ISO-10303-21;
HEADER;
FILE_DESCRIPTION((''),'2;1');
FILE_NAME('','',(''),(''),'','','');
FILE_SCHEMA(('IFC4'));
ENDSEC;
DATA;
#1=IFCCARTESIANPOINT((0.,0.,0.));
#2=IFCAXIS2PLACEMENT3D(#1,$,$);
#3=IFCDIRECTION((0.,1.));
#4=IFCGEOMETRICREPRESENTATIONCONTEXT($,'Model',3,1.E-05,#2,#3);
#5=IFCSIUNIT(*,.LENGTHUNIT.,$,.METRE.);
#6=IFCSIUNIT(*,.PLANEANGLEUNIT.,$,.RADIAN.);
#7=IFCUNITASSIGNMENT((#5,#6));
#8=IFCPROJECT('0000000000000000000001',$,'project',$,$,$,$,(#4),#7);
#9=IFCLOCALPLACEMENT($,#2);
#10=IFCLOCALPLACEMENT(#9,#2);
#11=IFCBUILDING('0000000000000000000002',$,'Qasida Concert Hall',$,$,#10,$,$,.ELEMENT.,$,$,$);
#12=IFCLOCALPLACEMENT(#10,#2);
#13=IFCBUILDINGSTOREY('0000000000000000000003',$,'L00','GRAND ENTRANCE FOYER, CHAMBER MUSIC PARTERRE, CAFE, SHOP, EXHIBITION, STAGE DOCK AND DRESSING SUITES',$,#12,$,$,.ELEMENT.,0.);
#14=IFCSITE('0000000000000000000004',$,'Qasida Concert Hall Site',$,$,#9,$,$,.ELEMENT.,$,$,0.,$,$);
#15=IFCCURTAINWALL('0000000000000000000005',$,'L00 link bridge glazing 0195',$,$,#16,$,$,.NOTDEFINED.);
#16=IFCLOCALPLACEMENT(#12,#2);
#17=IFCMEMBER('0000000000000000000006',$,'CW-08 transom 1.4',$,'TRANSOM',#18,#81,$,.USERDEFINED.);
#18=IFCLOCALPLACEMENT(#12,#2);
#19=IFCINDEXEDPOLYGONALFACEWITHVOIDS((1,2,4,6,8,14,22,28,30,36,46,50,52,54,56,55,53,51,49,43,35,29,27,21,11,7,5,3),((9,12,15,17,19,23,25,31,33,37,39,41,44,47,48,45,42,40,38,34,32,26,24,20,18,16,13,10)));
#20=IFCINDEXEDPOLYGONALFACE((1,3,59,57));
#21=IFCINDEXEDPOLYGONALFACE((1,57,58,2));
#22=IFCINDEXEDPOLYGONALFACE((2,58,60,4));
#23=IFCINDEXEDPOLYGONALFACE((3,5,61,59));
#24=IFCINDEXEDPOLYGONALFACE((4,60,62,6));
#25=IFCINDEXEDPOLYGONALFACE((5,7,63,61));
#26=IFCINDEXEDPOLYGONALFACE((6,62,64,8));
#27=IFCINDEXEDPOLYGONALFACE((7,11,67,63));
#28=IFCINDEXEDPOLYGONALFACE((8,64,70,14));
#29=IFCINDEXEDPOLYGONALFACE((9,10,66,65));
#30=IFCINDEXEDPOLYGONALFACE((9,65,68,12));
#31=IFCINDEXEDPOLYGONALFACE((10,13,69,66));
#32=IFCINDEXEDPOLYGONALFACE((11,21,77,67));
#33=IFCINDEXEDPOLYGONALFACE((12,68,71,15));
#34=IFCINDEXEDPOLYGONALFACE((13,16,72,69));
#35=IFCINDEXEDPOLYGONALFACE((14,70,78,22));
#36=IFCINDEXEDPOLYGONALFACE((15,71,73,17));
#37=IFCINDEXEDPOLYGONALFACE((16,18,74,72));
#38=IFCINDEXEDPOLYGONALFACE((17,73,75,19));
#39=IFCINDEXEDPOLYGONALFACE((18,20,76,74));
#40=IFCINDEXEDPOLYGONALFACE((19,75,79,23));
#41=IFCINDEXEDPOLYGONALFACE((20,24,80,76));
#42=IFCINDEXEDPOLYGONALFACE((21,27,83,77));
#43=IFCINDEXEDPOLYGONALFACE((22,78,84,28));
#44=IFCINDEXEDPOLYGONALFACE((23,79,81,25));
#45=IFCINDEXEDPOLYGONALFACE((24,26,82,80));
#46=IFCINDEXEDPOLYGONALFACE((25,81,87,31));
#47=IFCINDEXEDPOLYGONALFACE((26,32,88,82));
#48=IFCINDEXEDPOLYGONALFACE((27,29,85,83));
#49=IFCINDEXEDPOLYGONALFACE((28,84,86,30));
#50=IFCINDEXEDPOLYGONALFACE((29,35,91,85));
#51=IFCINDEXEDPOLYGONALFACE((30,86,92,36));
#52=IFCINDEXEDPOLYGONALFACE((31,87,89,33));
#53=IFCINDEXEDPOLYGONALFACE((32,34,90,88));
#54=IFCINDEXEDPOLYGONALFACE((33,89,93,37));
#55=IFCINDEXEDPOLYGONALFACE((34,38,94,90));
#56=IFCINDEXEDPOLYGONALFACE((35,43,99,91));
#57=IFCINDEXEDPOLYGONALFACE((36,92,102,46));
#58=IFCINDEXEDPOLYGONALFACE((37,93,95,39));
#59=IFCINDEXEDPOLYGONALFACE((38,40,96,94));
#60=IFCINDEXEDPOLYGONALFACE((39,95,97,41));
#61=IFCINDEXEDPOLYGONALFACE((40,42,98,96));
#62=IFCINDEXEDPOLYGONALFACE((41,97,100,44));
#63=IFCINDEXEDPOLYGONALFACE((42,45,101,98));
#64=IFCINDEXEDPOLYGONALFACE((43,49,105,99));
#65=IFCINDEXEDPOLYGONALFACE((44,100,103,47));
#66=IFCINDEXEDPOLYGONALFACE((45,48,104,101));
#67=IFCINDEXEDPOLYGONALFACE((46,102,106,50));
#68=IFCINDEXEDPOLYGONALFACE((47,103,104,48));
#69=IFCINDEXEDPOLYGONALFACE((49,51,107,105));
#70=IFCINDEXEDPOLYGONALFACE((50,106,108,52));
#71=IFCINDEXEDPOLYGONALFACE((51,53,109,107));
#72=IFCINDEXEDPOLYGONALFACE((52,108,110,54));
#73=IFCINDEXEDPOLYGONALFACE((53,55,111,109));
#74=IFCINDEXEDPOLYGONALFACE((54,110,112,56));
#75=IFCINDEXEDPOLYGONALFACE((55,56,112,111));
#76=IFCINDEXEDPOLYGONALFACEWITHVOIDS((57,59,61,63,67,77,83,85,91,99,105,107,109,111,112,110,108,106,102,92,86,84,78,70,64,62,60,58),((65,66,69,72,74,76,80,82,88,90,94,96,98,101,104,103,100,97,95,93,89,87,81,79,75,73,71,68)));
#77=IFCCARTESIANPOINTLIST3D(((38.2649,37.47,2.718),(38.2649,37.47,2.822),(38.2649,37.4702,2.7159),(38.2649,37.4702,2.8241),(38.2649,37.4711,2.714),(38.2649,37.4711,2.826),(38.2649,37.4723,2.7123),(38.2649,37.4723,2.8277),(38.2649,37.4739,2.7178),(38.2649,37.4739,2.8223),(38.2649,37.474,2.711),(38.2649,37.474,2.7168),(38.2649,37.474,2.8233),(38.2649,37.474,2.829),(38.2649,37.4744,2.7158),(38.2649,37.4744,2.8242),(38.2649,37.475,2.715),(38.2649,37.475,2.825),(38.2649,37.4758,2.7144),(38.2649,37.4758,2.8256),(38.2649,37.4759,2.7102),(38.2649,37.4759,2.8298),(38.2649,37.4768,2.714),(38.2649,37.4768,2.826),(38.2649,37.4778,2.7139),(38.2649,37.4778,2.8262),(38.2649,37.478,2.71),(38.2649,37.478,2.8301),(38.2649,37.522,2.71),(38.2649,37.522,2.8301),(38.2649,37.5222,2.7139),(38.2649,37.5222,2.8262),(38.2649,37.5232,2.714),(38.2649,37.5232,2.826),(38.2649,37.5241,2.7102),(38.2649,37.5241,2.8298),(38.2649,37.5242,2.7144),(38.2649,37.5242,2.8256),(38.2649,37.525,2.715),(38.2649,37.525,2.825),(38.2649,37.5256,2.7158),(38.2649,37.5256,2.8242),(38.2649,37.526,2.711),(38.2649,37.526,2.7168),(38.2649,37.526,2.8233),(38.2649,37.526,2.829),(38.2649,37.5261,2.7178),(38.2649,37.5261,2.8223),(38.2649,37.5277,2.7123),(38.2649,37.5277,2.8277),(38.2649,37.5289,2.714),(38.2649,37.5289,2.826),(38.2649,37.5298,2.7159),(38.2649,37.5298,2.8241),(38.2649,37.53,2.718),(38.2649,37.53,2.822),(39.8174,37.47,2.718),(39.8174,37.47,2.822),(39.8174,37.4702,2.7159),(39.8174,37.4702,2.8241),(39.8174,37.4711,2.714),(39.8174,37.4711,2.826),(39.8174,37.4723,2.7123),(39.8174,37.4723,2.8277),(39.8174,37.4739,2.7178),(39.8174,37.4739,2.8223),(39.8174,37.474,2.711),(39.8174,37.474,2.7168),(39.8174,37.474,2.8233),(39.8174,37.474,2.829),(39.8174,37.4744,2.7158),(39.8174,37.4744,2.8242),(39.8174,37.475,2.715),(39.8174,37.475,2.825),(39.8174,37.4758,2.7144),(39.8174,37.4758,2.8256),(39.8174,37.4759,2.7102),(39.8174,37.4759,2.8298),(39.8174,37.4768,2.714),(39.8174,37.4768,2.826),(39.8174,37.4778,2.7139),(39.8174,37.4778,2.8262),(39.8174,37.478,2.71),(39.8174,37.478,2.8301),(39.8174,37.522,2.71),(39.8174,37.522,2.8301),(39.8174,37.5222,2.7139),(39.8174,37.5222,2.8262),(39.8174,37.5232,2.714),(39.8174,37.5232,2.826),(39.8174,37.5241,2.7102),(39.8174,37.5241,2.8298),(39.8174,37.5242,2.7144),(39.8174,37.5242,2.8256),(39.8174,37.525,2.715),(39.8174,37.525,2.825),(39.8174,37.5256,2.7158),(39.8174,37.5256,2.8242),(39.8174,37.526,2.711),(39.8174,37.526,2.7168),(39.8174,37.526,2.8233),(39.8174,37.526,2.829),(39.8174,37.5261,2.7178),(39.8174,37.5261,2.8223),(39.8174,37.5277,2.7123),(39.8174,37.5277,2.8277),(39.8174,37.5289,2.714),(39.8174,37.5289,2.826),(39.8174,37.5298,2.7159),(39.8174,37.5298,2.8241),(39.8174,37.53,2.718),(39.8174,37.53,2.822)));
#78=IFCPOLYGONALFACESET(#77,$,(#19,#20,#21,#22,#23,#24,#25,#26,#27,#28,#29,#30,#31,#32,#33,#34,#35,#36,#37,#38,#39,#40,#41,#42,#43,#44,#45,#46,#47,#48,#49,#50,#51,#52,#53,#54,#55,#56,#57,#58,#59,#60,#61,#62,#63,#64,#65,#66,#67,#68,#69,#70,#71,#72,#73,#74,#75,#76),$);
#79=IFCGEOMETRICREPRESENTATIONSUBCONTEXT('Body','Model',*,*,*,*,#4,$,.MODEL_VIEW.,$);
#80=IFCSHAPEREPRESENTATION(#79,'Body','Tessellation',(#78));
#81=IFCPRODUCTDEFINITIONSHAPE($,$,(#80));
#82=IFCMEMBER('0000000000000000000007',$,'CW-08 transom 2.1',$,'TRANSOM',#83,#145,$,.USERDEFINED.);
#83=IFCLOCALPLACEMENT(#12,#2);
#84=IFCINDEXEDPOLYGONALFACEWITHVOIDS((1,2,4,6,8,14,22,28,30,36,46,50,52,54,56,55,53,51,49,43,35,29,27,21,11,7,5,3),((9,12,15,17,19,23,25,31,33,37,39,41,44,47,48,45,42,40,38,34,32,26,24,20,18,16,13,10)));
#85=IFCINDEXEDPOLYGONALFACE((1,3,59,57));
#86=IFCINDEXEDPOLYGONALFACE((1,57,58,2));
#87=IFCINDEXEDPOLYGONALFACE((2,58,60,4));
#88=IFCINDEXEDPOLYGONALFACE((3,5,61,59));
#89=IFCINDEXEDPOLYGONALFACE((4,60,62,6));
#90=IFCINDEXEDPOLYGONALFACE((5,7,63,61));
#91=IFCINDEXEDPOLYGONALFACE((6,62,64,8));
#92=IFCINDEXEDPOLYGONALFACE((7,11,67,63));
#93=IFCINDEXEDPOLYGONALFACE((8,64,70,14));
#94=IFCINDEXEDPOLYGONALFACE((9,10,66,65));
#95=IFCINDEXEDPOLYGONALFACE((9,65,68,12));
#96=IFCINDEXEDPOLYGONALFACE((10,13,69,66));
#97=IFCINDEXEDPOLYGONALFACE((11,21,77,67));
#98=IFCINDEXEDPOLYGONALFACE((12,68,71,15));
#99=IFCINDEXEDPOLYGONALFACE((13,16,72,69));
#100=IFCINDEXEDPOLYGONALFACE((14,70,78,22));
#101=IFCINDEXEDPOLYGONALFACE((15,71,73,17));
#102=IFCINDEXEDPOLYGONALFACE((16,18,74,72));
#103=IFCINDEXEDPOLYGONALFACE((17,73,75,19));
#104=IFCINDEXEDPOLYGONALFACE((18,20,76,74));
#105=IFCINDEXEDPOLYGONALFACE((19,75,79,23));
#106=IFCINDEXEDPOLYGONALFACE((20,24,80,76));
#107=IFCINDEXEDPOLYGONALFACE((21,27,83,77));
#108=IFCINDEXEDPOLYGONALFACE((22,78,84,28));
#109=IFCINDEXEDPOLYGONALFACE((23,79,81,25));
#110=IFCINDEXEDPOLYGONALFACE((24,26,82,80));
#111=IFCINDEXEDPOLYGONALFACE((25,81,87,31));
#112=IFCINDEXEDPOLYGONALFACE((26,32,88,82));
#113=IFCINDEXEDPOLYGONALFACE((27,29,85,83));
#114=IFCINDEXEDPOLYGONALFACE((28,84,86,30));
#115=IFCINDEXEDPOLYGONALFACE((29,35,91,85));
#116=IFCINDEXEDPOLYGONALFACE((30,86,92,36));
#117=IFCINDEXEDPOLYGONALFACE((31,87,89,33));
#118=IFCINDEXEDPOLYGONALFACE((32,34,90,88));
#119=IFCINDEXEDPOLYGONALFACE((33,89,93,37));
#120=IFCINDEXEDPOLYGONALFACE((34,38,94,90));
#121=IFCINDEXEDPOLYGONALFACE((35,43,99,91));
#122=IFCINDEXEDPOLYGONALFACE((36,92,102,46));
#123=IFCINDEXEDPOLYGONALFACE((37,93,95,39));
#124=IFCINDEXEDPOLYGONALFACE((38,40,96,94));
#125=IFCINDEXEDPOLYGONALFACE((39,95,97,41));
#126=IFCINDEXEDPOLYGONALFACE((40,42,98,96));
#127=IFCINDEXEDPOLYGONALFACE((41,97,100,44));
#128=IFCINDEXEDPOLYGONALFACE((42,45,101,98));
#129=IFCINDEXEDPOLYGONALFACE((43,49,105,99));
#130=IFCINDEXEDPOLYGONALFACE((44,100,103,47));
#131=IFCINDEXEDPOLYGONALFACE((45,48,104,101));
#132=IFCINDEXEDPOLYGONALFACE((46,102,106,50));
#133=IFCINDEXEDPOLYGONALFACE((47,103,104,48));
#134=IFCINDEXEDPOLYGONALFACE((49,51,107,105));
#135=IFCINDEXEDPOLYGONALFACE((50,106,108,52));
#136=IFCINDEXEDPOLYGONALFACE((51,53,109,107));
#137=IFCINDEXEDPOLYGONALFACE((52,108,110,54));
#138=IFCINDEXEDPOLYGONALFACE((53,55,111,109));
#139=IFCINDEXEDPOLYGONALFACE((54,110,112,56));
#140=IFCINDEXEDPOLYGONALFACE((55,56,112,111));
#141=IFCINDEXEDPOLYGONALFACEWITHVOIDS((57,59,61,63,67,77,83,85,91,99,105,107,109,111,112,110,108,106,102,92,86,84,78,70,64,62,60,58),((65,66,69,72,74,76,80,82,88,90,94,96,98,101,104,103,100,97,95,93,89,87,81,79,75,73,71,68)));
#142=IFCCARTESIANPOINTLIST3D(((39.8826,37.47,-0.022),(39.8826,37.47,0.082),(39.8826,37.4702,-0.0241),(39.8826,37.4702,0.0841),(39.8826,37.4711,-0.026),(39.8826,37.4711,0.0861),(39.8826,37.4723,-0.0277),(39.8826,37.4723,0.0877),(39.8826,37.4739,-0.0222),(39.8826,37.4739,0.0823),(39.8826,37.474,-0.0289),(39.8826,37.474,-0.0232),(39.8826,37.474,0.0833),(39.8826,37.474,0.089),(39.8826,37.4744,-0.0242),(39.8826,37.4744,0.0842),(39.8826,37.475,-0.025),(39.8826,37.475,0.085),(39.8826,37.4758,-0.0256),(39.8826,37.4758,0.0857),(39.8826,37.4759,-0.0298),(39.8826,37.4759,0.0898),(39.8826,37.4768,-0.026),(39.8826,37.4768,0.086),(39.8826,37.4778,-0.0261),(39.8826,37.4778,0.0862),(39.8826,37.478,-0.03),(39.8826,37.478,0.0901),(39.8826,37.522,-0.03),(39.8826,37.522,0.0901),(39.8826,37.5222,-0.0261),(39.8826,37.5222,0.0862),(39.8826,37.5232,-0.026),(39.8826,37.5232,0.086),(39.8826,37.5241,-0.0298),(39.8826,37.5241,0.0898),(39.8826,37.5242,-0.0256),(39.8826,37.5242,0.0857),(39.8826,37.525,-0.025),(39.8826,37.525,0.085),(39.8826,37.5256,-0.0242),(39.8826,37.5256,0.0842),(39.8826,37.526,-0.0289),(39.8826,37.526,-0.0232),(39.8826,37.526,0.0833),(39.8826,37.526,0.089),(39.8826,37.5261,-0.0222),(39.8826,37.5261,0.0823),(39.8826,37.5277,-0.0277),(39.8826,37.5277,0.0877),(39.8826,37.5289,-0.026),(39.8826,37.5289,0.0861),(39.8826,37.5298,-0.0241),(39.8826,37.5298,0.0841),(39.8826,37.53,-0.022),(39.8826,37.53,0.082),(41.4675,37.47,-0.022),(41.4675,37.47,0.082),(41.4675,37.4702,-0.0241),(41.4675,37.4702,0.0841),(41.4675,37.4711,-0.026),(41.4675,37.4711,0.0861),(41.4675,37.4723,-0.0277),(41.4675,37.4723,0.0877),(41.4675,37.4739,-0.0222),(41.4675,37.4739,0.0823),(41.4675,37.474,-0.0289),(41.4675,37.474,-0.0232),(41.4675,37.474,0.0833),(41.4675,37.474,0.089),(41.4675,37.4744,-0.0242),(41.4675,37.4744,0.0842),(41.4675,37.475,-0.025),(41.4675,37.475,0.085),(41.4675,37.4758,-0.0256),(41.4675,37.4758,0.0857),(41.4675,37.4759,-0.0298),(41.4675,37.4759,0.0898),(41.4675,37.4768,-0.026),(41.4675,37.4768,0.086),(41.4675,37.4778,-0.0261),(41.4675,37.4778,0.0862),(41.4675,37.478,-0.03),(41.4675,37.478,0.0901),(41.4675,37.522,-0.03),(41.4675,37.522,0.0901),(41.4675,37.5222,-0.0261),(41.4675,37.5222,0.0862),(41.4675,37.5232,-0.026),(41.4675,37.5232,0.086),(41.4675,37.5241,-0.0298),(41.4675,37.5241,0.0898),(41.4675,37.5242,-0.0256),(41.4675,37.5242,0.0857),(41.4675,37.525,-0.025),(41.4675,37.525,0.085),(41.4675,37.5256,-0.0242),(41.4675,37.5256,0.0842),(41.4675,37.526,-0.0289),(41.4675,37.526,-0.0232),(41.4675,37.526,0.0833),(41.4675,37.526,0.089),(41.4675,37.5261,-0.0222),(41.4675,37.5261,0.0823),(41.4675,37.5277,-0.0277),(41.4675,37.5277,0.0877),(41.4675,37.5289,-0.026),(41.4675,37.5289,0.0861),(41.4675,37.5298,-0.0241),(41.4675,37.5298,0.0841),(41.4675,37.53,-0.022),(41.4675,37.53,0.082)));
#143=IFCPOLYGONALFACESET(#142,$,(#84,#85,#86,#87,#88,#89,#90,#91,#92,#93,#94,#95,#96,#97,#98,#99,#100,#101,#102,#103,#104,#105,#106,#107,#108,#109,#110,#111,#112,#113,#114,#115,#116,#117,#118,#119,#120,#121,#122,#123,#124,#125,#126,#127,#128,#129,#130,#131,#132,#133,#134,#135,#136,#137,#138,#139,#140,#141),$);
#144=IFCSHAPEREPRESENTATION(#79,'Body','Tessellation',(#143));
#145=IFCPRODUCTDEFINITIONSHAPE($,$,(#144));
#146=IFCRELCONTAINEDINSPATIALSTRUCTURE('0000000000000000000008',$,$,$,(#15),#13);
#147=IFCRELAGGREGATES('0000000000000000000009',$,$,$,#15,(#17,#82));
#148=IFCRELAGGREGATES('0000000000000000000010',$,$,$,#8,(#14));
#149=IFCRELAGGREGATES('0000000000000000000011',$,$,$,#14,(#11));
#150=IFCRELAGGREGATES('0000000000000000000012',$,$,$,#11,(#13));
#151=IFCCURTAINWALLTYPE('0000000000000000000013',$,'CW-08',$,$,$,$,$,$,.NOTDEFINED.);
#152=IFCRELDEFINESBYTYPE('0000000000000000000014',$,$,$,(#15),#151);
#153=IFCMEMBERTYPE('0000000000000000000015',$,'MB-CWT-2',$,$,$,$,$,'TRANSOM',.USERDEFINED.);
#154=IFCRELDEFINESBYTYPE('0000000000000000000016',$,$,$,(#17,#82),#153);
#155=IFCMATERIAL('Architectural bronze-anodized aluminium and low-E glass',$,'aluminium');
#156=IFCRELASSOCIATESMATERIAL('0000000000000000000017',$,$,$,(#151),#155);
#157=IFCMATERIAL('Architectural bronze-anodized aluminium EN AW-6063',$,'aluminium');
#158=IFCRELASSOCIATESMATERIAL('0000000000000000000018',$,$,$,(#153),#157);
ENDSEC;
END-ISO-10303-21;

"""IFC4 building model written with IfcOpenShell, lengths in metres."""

from ifc_helpers import new_model, si_unit, direction, frame, origin, origin_2d, place, context, subcontext, project, spatial, hollow_rectangle, extrude, material, material_profile, profile_set, type_object, element, aggregate, save


model = new_model("IFC4")

# Units and contexts
model_context = context("Model", 3, precision=1e-05, world=origin(), true_north=direction((0.0, 1.0)))
body_context = subcontext(model_context, "Body", "Model", "MODEL_VIEW")
ifc_project = project(units=[si_unit("LENGTHUNIT", "METRE"), si_unit("PLANEANGLEUNIT", "RADIAN")], contexts=[model_context])

# Site, building, storey
site_placement = place(None, origin())
site = spatial("IfcSite", under=ifc_project, at=site_placement, Name="Qasida Concert Hall Site", CompositionType="ELEMENT", RefElevation=0.0)
building_placement = place(site_placement, origin())
building = spatial("IfcBuilding", under=site, at=building_placement, Name="Qasida Concert Hall", CompositionType="ELEMENT")
storey_placement = place(building_placement, origin())
storey = spatial("IfcBuildingStorey", under=building, at=storey_placement, Name="L00", Description="GRAND ENTRANCE FOYER, CHAMBER MUSIC PARTERRE, CAFE, SHOP, EXHIBITION, STAGE DOCK AND DRESSING SUITES", CompositionType="ELEMENT", Elevation=0.0)

# Shared definitions
ifc_material_1 = material(Name="Architectural bronze-anodized aluminium and low-E glass", Category="aluminium")
ifc_material_2 = material(Name="Architectural bronze-anodized aluminium EN AW-6063", Category="aluminium")

# Curtain wall
curtain_wall_type_1 = type_object("IfcCurtainWallType", Name="CW-08", PredefinedType="NOTDEFINED", material=ifc_material_1)
curtain_wall_1_placement = place(storey_placement, origin())
curtain_wall_1 = element("IfcCurtainWall", 1, at=curtain_wall_1_placement, inside=storey, type_object=curtain_wall_type_1, Name="L00 link bridge glazing 0195", PredefinedType="NOTDEFINED")

# Members
ifc_material_profile_1 = material_profile(ifc_material_2, hollow_rectangle(XDim=0.0601, YDim=0.1201, WallThickness=0.0039, InnerFilletRadius=0.0039, OuterFilletRadius=0.0081, at=origin_2d()), Name="CWT 120x60x4")
ifc_profile_set_1 = profile_set([ifc_material_profile_1], Name="Architectural bronze-anodized aluminium EN AW-6063")
member_type_1 = type_object("IfcMemberType", Name="MB-CWT-2", ElementType="TRANSOM", PredefinedType="USERDEFINED", material=ifc_profile_set_1)
member_1_placement = place(storey_placement, frame((38.2649, 37.5, 2.77), z_axis=(1.0, 0.0, 0.0), x_axis=(0.0, 1.0, 0.0)))
member_1 = element("IfcMember", 2, at=member_1_placement, type_object=member_type_1, Name="CW-08 transom 1.4", ObjectType="TRANSOM", PredefinedType="USERDEFINED", context=body_context, shape_type="SweptSolid", body=[
    extrude(hollow_rectangle(XDim=0.0601, YDim=0.1201, WallThickness=0.0039, InnerFilletRadius=0.0039, OuterFilletRadius=0.0081, at=origin_2d()), origin(), (0.0, 0.0, 1.0), 1.5525),
])
member_2_placement = place(storey_placement, frame((39.8826, 37.5, 0.03), z_axis=(1.0, 0.0, 0.0), x_axis=(0.0, 1.0, 0.0)))
member_2 = element("IfcMember", 3, at=member_2_placement, type_object=member_type_1, Name="CW-08 transom 2.1", ObjectType="TRANSOM", PredefinedType="USERDEFINED", context=body_context, shape_type="SweptSolid", body=[
    extrude(hollow_rectangle(XDim=0.0601, YDim=0.1201, WallThickness=0.0039, InnerFilletRadius=0.0039, OuterFilletRadius=0.0081, at=origin_2d()), origin(), (0.0, 0.0, 1.0), 1.585),
])

aggregate(curtain_wall_1, [member_1, member_2])

save(model, "model.ifc")
